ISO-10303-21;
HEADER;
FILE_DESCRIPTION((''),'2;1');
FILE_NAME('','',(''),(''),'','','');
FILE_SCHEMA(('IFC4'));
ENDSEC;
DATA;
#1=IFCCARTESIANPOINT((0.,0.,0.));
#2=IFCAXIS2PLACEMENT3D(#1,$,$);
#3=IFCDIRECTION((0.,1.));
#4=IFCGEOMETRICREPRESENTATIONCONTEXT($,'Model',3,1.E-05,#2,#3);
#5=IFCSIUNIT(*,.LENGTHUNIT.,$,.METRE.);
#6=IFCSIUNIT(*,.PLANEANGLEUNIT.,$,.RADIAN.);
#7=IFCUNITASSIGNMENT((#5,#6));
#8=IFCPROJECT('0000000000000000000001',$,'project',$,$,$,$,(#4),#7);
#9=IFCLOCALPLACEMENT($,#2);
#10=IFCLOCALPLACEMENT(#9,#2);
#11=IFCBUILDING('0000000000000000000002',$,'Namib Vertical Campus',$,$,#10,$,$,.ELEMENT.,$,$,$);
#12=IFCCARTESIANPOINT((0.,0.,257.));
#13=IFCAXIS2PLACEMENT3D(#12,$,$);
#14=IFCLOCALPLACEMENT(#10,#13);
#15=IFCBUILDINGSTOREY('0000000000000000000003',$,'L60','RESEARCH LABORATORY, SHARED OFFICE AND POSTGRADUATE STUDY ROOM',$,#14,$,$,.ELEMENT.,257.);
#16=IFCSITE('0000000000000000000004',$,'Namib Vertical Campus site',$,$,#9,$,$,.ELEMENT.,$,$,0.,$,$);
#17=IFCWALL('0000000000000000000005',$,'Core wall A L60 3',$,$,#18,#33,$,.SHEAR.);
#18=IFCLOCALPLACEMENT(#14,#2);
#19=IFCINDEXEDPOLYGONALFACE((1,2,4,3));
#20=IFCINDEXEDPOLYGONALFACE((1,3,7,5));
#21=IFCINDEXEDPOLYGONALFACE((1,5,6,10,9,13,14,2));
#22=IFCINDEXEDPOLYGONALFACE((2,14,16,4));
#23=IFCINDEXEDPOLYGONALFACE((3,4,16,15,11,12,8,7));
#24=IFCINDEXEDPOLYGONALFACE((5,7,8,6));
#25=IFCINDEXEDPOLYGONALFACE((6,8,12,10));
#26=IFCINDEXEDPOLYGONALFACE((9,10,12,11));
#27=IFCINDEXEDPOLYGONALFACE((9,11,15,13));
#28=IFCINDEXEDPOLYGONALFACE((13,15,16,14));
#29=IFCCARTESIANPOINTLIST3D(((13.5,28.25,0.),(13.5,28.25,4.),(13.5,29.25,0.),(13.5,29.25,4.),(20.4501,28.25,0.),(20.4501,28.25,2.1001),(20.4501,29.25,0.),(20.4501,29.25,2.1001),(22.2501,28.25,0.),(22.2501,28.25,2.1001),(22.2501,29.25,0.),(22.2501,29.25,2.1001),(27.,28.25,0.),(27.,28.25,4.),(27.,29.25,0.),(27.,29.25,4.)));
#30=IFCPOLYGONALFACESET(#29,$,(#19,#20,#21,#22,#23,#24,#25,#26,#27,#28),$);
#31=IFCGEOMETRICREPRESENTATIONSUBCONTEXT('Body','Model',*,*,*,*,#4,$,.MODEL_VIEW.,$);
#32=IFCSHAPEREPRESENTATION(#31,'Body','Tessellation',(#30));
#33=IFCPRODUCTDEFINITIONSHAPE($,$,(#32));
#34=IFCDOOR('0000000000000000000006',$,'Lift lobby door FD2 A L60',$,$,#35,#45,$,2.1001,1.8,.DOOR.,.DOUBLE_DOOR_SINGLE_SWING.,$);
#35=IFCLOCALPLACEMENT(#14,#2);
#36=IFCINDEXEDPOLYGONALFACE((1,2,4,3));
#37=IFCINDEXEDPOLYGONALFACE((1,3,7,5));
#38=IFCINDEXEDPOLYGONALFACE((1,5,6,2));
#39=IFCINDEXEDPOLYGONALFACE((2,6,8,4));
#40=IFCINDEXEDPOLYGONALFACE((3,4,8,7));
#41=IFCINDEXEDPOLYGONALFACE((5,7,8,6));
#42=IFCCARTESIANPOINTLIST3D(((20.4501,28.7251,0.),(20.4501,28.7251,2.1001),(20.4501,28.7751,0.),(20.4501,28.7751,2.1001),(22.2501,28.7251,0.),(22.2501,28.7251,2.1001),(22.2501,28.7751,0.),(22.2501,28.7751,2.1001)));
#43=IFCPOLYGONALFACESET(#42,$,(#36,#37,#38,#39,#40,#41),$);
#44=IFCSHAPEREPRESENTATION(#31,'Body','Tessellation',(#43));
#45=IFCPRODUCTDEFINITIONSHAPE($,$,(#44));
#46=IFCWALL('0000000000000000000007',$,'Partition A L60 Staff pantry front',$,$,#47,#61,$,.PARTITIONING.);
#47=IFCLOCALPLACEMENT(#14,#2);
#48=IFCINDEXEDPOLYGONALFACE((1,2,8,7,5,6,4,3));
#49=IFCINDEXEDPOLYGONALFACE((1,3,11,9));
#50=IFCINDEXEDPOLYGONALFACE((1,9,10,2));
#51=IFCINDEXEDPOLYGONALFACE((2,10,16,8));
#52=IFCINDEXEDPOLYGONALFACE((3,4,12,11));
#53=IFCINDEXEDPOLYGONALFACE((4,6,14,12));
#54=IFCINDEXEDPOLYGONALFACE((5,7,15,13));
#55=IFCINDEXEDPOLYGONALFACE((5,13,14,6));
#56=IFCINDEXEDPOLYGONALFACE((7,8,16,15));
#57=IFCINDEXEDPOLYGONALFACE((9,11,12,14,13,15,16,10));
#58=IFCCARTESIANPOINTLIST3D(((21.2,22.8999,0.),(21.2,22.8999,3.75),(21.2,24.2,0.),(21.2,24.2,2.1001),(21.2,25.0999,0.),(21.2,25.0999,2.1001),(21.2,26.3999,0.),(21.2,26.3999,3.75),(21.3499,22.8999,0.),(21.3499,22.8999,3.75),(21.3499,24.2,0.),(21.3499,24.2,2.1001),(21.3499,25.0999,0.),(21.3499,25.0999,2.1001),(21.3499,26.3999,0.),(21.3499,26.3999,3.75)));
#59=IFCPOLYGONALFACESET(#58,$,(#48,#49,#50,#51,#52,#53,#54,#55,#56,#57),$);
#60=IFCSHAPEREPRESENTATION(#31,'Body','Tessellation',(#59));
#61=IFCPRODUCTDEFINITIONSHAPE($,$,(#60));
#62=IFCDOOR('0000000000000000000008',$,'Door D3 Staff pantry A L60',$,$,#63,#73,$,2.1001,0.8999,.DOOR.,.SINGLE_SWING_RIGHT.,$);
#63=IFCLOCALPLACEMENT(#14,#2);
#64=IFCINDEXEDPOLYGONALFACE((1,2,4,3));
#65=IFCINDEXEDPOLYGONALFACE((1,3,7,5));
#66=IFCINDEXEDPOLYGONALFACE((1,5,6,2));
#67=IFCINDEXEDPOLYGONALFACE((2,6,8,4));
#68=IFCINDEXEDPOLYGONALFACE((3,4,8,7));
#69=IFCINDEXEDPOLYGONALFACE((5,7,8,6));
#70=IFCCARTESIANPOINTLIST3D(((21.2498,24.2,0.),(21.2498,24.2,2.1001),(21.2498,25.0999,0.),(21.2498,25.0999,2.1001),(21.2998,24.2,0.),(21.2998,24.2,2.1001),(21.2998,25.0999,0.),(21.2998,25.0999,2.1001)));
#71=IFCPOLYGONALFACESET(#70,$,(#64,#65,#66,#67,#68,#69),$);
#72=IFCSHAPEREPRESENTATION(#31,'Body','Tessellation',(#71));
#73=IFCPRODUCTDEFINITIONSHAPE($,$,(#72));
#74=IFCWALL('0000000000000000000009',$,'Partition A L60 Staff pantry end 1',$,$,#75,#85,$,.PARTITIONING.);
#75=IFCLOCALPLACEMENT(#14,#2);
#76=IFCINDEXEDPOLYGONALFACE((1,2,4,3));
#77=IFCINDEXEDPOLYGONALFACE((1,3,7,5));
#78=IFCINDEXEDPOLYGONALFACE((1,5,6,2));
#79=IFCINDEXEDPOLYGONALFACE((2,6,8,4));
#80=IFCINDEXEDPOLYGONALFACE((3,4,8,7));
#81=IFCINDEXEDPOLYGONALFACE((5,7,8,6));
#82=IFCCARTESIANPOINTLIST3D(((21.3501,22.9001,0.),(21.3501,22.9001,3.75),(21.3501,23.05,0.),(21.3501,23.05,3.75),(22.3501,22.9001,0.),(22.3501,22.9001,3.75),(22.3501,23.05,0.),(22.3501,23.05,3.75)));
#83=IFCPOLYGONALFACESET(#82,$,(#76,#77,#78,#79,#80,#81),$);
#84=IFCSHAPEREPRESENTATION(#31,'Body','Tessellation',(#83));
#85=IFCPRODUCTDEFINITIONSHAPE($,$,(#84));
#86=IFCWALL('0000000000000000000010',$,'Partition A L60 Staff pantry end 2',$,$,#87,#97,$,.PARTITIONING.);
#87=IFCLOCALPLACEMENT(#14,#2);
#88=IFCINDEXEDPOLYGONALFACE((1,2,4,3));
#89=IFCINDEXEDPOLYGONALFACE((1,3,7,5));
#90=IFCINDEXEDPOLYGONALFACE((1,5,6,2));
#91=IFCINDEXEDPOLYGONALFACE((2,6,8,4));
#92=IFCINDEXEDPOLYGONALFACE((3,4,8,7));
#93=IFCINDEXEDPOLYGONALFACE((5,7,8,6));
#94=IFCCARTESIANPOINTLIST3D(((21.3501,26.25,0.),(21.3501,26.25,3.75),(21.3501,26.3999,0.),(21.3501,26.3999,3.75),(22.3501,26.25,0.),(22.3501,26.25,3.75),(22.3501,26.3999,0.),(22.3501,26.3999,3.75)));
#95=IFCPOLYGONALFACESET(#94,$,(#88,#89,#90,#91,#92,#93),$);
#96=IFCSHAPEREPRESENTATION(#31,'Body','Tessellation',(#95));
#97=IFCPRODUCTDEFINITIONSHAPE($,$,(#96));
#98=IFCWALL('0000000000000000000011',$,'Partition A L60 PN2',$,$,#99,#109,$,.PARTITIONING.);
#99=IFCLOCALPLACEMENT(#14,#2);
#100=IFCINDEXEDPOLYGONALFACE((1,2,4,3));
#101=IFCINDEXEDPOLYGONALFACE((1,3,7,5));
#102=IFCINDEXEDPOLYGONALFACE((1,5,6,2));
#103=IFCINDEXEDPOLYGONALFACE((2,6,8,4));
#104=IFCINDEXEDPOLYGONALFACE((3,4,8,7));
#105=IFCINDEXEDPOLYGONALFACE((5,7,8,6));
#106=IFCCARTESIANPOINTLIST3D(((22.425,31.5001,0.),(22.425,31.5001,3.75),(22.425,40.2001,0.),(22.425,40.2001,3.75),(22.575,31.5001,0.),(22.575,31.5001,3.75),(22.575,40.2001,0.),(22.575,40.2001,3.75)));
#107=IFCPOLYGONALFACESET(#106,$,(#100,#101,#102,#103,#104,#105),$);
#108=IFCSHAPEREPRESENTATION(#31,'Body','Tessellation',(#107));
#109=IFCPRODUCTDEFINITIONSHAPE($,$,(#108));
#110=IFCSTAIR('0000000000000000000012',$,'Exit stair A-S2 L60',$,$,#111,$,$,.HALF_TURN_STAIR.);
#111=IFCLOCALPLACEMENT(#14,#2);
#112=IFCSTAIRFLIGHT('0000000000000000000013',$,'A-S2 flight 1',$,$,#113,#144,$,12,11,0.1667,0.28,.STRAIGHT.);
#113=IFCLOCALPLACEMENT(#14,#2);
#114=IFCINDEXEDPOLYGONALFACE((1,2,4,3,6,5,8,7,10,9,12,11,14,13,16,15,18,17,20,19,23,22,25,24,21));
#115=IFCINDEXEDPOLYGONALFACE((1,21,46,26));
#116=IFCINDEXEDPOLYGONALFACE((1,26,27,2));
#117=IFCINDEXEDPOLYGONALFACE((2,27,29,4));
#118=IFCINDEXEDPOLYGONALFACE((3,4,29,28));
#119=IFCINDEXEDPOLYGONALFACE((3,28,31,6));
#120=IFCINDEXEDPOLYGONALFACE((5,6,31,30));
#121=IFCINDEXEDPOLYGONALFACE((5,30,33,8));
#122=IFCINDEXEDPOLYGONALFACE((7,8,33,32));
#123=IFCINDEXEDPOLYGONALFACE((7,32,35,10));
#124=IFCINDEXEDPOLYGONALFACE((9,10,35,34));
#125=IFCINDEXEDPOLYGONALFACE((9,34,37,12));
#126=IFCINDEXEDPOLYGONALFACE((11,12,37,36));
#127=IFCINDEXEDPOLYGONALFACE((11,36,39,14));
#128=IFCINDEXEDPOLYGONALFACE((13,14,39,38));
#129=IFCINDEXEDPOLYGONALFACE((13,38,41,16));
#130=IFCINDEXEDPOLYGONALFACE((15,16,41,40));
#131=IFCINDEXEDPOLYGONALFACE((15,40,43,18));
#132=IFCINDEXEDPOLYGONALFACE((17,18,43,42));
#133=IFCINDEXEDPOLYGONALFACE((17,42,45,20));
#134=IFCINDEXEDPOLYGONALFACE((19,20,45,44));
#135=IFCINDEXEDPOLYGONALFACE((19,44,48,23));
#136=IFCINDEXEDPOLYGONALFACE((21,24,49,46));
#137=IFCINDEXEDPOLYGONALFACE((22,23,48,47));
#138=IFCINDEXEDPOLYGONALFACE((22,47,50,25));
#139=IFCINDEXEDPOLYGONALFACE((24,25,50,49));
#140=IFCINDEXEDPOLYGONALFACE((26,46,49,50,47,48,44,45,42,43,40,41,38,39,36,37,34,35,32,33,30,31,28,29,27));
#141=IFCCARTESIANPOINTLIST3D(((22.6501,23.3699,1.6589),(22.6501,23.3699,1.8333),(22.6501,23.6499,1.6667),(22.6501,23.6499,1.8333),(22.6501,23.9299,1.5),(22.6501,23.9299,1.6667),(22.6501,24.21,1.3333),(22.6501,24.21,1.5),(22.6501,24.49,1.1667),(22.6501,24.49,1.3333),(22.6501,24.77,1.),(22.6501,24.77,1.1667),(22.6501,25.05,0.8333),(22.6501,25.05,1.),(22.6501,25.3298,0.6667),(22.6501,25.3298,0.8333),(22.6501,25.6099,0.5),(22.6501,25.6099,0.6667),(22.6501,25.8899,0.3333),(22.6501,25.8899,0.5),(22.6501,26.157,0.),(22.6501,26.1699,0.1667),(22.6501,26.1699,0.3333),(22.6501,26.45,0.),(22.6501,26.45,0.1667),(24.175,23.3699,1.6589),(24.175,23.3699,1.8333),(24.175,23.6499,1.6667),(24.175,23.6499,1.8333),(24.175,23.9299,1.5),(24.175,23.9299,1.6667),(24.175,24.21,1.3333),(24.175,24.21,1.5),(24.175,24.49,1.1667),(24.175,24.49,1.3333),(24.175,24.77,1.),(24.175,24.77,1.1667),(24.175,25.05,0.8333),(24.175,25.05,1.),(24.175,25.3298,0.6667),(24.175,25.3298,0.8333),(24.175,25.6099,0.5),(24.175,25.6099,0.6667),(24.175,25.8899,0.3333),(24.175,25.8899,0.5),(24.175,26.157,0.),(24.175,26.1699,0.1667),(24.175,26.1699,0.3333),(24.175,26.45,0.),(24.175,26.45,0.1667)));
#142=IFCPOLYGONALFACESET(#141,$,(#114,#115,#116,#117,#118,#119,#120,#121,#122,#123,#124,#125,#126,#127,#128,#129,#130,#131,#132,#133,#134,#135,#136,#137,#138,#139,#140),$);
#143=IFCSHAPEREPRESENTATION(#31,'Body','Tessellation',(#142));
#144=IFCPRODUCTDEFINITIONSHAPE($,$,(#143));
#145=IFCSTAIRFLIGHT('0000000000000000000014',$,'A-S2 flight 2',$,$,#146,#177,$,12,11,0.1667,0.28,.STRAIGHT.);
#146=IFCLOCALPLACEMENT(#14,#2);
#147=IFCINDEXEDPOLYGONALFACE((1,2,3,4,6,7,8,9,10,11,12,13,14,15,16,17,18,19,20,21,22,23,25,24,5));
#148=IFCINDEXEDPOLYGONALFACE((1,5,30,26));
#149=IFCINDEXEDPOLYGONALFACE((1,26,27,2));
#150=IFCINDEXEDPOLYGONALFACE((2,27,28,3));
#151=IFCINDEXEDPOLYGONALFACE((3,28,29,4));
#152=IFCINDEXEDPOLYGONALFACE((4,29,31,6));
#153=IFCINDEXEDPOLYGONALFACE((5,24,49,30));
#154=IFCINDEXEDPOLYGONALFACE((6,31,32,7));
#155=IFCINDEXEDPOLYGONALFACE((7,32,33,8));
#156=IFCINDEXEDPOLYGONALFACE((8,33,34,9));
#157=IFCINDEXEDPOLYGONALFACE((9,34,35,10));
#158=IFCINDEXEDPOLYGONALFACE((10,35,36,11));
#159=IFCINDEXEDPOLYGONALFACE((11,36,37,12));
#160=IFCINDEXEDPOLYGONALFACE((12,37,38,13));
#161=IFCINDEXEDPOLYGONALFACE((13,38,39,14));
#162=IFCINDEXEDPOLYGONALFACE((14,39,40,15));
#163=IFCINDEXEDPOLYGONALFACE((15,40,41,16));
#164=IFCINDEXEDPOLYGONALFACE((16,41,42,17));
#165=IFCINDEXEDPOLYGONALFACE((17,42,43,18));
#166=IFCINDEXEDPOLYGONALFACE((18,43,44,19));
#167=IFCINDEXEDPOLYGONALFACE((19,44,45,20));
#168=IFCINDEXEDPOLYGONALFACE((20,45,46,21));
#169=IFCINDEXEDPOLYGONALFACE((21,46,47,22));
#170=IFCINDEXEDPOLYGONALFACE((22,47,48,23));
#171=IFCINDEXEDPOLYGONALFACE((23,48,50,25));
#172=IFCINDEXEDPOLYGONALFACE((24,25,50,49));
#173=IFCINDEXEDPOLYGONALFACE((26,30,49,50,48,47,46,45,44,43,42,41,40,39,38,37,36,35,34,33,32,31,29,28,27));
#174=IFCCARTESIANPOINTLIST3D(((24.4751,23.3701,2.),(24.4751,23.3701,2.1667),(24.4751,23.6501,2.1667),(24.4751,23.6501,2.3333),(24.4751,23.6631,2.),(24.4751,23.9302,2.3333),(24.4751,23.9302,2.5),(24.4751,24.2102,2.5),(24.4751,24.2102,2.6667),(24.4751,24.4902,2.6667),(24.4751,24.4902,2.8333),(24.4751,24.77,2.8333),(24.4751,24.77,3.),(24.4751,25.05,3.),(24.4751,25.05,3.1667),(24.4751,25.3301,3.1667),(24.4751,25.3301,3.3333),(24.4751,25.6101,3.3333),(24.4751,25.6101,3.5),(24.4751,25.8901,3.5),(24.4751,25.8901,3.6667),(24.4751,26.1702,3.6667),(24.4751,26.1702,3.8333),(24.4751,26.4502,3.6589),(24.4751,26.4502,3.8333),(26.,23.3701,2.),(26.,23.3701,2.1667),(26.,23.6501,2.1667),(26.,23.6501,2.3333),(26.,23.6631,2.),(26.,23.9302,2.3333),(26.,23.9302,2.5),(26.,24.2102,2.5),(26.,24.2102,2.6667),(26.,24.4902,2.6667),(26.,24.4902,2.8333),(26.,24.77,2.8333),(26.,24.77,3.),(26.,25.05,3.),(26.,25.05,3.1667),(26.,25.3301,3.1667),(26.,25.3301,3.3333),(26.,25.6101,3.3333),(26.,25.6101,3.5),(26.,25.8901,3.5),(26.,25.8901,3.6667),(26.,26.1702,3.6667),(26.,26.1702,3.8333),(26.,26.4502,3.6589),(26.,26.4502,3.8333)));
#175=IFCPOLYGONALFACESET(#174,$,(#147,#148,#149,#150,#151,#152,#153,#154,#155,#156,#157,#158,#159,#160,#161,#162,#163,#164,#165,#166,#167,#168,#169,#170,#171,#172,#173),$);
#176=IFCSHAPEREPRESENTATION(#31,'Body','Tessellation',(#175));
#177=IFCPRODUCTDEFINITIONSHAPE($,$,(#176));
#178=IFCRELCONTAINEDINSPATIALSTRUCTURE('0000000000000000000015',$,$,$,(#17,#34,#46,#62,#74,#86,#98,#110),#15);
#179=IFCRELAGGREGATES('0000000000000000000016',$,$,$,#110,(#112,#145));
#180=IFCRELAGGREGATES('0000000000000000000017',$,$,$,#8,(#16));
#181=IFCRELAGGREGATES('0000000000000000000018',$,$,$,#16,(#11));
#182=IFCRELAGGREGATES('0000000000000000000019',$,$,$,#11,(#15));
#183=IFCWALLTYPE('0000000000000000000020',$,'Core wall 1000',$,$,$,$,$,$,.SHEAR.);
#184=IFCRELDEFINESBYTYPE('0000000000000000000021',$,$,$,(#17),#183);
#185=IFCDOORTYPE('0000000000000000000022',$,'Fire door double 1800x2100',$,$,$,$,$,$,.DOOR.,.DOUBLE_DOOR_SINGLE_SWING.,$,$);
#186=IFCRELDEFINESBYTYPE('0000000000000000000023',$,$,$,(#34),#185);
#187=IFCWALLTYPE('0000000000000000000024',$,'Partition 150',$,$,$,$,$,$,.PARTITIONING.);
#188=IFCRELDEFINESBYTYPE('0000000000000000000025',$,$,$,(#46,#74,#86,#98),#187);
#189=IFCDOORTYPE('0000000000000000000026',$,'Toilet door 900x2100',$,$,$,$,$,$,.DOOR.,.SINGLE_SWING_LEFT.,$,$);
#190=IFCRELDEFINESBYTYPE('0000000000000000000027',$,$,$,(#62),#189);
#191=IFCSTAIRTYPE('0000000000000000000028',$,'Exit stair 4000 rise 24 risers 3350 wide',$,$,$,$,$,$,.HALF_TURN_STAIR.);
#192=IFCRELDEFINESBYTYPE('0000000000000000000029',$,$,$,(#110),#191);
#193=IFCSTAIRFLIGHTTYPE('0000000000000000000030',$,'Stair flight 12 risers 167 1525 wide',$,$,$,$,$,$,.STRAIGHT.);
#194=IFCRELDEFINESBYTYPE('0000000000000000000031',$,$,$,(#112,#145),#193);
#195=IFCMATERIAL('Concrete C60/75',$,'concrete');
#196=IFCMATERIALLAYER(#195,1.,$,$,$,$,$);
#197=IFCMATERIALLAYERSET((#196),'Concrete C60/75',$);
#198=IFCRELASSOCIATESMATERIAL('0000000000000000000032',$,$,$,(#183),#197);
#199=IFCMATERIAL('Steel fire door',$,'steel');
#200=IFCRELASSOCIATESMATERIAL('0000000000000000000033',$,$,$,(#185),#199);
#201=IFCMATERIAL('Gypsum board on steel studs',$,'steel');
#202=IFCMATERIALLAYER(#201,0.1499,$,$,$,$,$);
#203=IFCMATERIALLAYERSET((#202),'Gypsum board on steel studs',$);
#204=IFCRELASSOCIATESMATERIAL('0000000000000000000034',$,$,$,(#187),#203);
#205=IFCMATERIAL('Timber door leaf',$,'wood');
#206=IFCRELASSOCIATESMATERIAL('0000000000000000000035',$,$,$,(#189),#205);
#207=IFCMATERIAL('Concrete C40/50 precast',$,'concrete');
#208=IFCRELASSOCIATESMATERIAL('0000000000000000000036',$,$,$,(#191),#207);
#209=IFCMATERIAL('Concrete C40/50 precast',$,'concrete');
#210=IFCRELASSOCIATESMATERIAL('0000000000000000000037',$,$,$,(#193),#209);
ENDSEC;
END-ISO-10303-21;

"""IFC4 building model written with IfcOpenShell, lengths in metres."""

from ifc_helpers import new_model, si_unit, direction, frame, frame_2d, origin, place, context, subcontext, project, spatial, polyline, rectangle, outline, extrude, material, layer, layer_set, type_object, element, fill, aggregate, save


model = new_model("IFC4")

# Units and contexts
model_context = context("Model", 3, precision=1e-05, world=origin(), true_north=direction((0.0, 1.0)))
body_context = subcontext(model_context, "Body", "Model", "MODEL_VIEW")
ifc_project = project(units=[si_unit("LENGTHUNIT", "METRE"), si_unit("PLANEANGLEUNIT", "RADIAN")], contexts=[model_context])

# Site, building, storey
site_placement = place(None, origin())
site = spatial("IfcSite", under=ifc_project, at=site_placement, Name="Namib Vertical Campus site", CompositionType="ELEMENT", RefElevation=0.0)
building_placement = place(site_placement, origin())
building = spatial("IfcBuilding", under=site, at=building_placement, Name="Namib Vertical Campus", CompositionType="ELEMENT")
storey_placement = place(building_placement, frame((0.0, 0.0, 257.0)))
storey = spatial("IfcBuildingStorey", under=building, at=storey_placement, Name="L60", Description="RESEARCH LABORATORY, SHARED OFFICE AND POSTGRADUATE STUDY ROOM", CompositionType="ELEMENT", Elevation=257.0)

# Walls, openings, doors
ifc_material_1 = material(Name="Concrete C60/75", Category="concrete")
ifc_layer_1 = layer(ifc_material_1, 1.0)
ifc_layer_set_1 = layer_set([ifc_layer_1], Name="Concrete C60/75")
wall_type_1 = type_object("IfcWallType", Name="Core wall 1000", PredefinedType="SHEAR", material=ifc_layer_set_1)
wall_1_placement = place(storey_placement, frame((27.0, 28.75, 0.0), z_axis=(0.0, 0.0, 1.0), x_axis=(-1.0, 0.0, 0.0)))
wall_1 = element("IfcWall", 1, at=wall_1_placement, inside=storey, type_object=wall_type_1, Name="Core wall A L60 3", PredefinedType="SHEAR", context=body_context, shape_type="SweptSolid", body=[
    extrude(rectangle(XDim=13.5, YDim=1.0, at=frame_2d((6.75, 0.0))), origin(), (0.0, 0.0, 1.0), 4.0),
])
opening_1_placement = place(wall_1_placement, frame((4.75, 0.0, 0.0)))
opening_1 = element("IfcOpeningElement", 2, at=opening_1_placement, cuts=wall_1, PredefinedType="OPENING", context=body_context, shape_type="SweptSolid", body=[
    extrude(rectangle(XDim=1.8, YDim=2.1001, at=frame_2d((0.8999, 1.05))), frame((0.0, 0.51, 0.0), z_axis=(0.0, -1.0, 0.0), x_axis=(1.0, 0.0, 0.0)), (0.0, 0.0, 1.0), 1.02),
])
ifc_material_2 = material(Name="Steel fire door", Category="steel")
door_type_1 = type_object("IfcDoorType", Name="Fire door double 1800x2100", OperationType="DOUBLE_DOOR_SINGLE_SWING", PredefinedType="DOOR", material=ifc_material_2)
door_1_placement = place(opening_1_placement, origin())
door_1 = element("IfcDoor", 3, at=door_1_placement, inside=storey, type_object=door_type_1, Name="Lift lobby door FD2 A L60", OperationType="DOUBLE_DOOR_SINGLE_SWING", OverallHeight=2.1001, OverallWidth=1.8, PredefinedType="DOOR", context=body_context, shape_type="SweptSolid", body=[
    extrude(rectangle(XDim=1.8, YDim=2.1001, at=frame_2d((0.8999, 1.05))), frame((0.0, 0.0249, 0.0), z_axis=(0.0, -1.0, 0.0), x_axis=(1.0, 0.0, 0.0)), (0.0, 0.0, 1.0), 0.05),
])
fill(opening_1, door_1)
ifc_material_3 = material(Name="Gypsum board on steel studs", Category="steel")
ifc_layer_2 = layer(ifc_material_3, 0.1499)
ifc_layer_set_2 = layer_set([ifc_layer_2], Name="Gypsum board on steel studs")
wall_type_2 = type_object("IfcWallType", Name="Partition 150", PredefinedType="PARTITIONING", material=ifc_layer_set_2)
wall_2_placement = place(storey_placement, frame((21.2749, 22.8999, 0.0), z_axis=(0.0, 0.0, 1.0), x_axis=(0.0, 1.0, 0.0)))
wall_2 = element("IfcWall", 4, at=wall_2_placement, inside=storey, type_object=wall_type_2, Name="Partition A L60 Staff pantry front", PredefinedType="PARTITIONING", context=body_context, shape_type="SweptSolid", body=[
    extrude(rectangle(XDim=3.5, YDim=0.1499, at=frame_2d((1.75, 0.0))), origin(), (0.0, 0.0, 1.0), 3.75),
])
opening_2_placement = place(wall_2_placement, frame((1.3, 0.0, 0.0)))
opening_2 = element("IfcOpeningElement", 5, at=opening_2_placement, cuts=wall_2, PredefinedType="OPENING", context=body_context, shape_type="SweptSolid", body=[
    extrude(rectangle(XDim=0.8999, YDim=2.1001, at=frame_2d((0.45, 1.05))), frame((0.0, 0.085, 0.0), z_axis=(0.0, -1.0, 0.0), x_axis=(1.0, 0.0, 0.0)), (0.0, 0.0, 1.0), 0.1699),
])
ifc_material_4 = material(Name="Timber door leaf", Category="wood")
door_type_2 = type_object("IfcDoorType", Name="Toilet door 900x2100", OperationType="SINGLE_SWING_LEFT", PredefinedType="DOOR", material=ifc_material_4)
door_2_placement = place(opening_2_placement, frame((0.8999, 0.0, 0.0), z_axis=(0.0, 0.0, 1.0), x_axis=(-1.0, 0.0, 0.0)))
door_2 = element("IfcDoor", 6, at=door_2_placement, inside=storey, type_object=door_type_2, Name="Door D3 Staff pantry A L60", OperationType="SINGLE_SWING_RIGHT", OverallHeight=2.1001, OverallWidth=0.8999, PredefinedType="DOOR", context=body_context, shape_type="SweptSolid", body=[
    extrude(rectangle(XDim=0.8999, YDim=2.1001, at=frame_2d((0.45, 1.05))), frame((0.0, 0.0249, 0.0), z_axis=(0.0, -1.0, 0.0), x_axis=(1.0, 0.0, 0.0)), (0.0, 0.0, 1.0), 0.05),
])
fill(opening_2, door_2)

# Walls
for number, where, z_axis, x_axis, name in (
    (7, (21.3501, 22.9751, 0.0), (0.0, 0.0, 1.0), (1.0, 0.0, 0.0), "Partition A L60 Staff pantry end 1"),
    (8, (21.3501, 26.325, 0.0), (0.0, 0.0, 1.0), (1.0, 0.0, 0.0), "Partition A L60 Staff pantry end 2"),
):
    element("IfcWall", number, at=place(storey_placement, frame(where, z_axis=z_axis, x_axis=x_axis)), inside=storey, type_object=wall_type_2, Name=name, PredefinedType="PARTITIONING", context=body_context, shape_type="SweptSolid", body=[
        extrude(rectangle(XDim=1.0, YDim=0.1499, at=frame_2d((0.5, 0.0))), origin(), (0.0, 0.0, 1.0), 3.75),
    ])
wall_3_placement = place(storey_placement, frame((22.5, 31.5, 0.0), z_axis=(0.0, 0.0, 1.0), x_axis=(0.0, 1.0, 0.0)))
element("IfcWall", 9, at=wall_3_placement, inside=storey, type_object=wall_type_2, Name="Partition A L60 PN2", PredefinedType="PARTITIONING", context=body_context, shape_type="SweptSolid", body=[
    extrude(rectangle(XDim=8.7, YDim=0.1499, at=frame_2d((4.3501, 0.0))), origin(), (0.0, 0.0, 1.0), 3.75),
])

# Stair, stair flights
ifc_material_5 = material(Name="Concrete C40/50 precast", Category="concrete")
stair_type = type_object("IfcStairType", Name="Exit stair 4000 rise 24 risers 3350 wide", PredefinedType="HALF_TURN_STAIR", material=ifc_material_5)
stair_placement = place(storey_placement, origin())
stair = element("IfcStair", 10, at=stair_placement, inside=storey, type_object=stair_type, Name="Exit stair A-S2 L60", PredefinedType="HALF_TURN_STAIR")
ifc_material_6 = material(Name="Concrete C40/50 precast", Category="concrete")
stair_flight_type = type_object("IfcStairFlightType", Name="Stair flight 12 risers 167 1525 wide", PredefinedType="STRAIGHT", material=ifc_material_6)
stair_flight_1_placement = place(storey_placement, frame((23.4126, 26.45, 0.0), z_axis=(0.0, 0.0, 1.0), x_axis=(0.0, -1.0, 0.0)))
stair_flight_1 = element("IfcStairFlight", 11, at=stair_flight_1_placement, type_object=stair_flight_type, Name="A-S2 flight 1", NumberOfRisers=12, NumberOfTreads=11, PredefinedType="STRAIGHT", RiserHeight=0.1667, TreadLength=0.28, context=body_context, shape_type="SweptSolid", body=[
    extrude(outline(polyline([(0.0, 0.0), (0.0, 0.1667), (0.28, 0.1667), (0.28, 0.3333), (0.5601, 0.3333), (0.5601, 0.5), (0.8401, 0.5), (0.8401, 0.6667), (1.1201, 0.6667), (1.1201, 0.8333), (1.3999, 0.8333), (1.3999, 1.0), (1.6799, 1.0), (1.6799, 1.1667), (1.96, 1.1667), (1.96, 1.3333), (2.24, 1.3333), (2.24, 1.5), (2.52, 1.5), (2.52, 1.6667), (2.8, 1.6667), (2.8, 1.8333), (3.0801, 1.8333), (3.0801, 2.0), (3.0801, 1.6589), (0.293, 0.0), (0.0, 0.0)])), frame((0.0, 0.7625, 0.0), z_axis=(0.0, -1.0, 0.0), x_axis=(1.0, 0.0, 0.0)), (0.0, 0.0, 1.0), 1.5249),
])
stair_flight_2_placement = place(storey_placement, frame((25.2375, 23.3701, 2.0), z_axis=(0.0, 0.0, 1.0), x_axis=(0.0, 1.0, 0.0)))
stair_flight_2 = element("IfcStairFlight", 12, at=stair_flight_2_placement, type_object=stair_flight_type, Name="A-S2 flight 2", NumberOfRisers=12, NumberOfTreads=11, PredefinedType="STRAIGHT", RiserHeight=0.1667, TreadLength=0.28, context=body_context, shape_type="SweptSolid", body=[
    extrude(outline(polyline([(0.0, 0.0), (0.0, 0.1667), (0.28, 0.1667), (0.28, 0.3333), (0.5601, 0.3333), (0.5601, 0.5), (0.8401, 0.5), (0.8401, 0.6667), (1.1201, 0.6667), (1.1201, 0.8333), (1.3999, 0.8333), (1.3999, 1.0), (1.6799, 1.0), (1.6799, 1.1667), (1.96, 1.1667), (1.96, 1.3333), (2.24, 1.3333), (2.24, 1.5), (2.52, 1.5), (2.52, 1.6667), (2.8, 1.6667), (2.8, 1.8333), (3.0801, 1.8333), (3.0801, 2.0), (3.0801, 1.6589), (0.293, 0.0), (0.0, 0.0)])), frame((0.0, 0.7625, 0.0), z_axis=(0.0, -1.0, 0.0), x_axis=(1.0, 0.0, 0.0)), (0.0, 0.0, 1.0), 1.5249),
])
aggregate(stair, [stair_flight_1, stair_flight_2])

save(model, "model.ifc")
